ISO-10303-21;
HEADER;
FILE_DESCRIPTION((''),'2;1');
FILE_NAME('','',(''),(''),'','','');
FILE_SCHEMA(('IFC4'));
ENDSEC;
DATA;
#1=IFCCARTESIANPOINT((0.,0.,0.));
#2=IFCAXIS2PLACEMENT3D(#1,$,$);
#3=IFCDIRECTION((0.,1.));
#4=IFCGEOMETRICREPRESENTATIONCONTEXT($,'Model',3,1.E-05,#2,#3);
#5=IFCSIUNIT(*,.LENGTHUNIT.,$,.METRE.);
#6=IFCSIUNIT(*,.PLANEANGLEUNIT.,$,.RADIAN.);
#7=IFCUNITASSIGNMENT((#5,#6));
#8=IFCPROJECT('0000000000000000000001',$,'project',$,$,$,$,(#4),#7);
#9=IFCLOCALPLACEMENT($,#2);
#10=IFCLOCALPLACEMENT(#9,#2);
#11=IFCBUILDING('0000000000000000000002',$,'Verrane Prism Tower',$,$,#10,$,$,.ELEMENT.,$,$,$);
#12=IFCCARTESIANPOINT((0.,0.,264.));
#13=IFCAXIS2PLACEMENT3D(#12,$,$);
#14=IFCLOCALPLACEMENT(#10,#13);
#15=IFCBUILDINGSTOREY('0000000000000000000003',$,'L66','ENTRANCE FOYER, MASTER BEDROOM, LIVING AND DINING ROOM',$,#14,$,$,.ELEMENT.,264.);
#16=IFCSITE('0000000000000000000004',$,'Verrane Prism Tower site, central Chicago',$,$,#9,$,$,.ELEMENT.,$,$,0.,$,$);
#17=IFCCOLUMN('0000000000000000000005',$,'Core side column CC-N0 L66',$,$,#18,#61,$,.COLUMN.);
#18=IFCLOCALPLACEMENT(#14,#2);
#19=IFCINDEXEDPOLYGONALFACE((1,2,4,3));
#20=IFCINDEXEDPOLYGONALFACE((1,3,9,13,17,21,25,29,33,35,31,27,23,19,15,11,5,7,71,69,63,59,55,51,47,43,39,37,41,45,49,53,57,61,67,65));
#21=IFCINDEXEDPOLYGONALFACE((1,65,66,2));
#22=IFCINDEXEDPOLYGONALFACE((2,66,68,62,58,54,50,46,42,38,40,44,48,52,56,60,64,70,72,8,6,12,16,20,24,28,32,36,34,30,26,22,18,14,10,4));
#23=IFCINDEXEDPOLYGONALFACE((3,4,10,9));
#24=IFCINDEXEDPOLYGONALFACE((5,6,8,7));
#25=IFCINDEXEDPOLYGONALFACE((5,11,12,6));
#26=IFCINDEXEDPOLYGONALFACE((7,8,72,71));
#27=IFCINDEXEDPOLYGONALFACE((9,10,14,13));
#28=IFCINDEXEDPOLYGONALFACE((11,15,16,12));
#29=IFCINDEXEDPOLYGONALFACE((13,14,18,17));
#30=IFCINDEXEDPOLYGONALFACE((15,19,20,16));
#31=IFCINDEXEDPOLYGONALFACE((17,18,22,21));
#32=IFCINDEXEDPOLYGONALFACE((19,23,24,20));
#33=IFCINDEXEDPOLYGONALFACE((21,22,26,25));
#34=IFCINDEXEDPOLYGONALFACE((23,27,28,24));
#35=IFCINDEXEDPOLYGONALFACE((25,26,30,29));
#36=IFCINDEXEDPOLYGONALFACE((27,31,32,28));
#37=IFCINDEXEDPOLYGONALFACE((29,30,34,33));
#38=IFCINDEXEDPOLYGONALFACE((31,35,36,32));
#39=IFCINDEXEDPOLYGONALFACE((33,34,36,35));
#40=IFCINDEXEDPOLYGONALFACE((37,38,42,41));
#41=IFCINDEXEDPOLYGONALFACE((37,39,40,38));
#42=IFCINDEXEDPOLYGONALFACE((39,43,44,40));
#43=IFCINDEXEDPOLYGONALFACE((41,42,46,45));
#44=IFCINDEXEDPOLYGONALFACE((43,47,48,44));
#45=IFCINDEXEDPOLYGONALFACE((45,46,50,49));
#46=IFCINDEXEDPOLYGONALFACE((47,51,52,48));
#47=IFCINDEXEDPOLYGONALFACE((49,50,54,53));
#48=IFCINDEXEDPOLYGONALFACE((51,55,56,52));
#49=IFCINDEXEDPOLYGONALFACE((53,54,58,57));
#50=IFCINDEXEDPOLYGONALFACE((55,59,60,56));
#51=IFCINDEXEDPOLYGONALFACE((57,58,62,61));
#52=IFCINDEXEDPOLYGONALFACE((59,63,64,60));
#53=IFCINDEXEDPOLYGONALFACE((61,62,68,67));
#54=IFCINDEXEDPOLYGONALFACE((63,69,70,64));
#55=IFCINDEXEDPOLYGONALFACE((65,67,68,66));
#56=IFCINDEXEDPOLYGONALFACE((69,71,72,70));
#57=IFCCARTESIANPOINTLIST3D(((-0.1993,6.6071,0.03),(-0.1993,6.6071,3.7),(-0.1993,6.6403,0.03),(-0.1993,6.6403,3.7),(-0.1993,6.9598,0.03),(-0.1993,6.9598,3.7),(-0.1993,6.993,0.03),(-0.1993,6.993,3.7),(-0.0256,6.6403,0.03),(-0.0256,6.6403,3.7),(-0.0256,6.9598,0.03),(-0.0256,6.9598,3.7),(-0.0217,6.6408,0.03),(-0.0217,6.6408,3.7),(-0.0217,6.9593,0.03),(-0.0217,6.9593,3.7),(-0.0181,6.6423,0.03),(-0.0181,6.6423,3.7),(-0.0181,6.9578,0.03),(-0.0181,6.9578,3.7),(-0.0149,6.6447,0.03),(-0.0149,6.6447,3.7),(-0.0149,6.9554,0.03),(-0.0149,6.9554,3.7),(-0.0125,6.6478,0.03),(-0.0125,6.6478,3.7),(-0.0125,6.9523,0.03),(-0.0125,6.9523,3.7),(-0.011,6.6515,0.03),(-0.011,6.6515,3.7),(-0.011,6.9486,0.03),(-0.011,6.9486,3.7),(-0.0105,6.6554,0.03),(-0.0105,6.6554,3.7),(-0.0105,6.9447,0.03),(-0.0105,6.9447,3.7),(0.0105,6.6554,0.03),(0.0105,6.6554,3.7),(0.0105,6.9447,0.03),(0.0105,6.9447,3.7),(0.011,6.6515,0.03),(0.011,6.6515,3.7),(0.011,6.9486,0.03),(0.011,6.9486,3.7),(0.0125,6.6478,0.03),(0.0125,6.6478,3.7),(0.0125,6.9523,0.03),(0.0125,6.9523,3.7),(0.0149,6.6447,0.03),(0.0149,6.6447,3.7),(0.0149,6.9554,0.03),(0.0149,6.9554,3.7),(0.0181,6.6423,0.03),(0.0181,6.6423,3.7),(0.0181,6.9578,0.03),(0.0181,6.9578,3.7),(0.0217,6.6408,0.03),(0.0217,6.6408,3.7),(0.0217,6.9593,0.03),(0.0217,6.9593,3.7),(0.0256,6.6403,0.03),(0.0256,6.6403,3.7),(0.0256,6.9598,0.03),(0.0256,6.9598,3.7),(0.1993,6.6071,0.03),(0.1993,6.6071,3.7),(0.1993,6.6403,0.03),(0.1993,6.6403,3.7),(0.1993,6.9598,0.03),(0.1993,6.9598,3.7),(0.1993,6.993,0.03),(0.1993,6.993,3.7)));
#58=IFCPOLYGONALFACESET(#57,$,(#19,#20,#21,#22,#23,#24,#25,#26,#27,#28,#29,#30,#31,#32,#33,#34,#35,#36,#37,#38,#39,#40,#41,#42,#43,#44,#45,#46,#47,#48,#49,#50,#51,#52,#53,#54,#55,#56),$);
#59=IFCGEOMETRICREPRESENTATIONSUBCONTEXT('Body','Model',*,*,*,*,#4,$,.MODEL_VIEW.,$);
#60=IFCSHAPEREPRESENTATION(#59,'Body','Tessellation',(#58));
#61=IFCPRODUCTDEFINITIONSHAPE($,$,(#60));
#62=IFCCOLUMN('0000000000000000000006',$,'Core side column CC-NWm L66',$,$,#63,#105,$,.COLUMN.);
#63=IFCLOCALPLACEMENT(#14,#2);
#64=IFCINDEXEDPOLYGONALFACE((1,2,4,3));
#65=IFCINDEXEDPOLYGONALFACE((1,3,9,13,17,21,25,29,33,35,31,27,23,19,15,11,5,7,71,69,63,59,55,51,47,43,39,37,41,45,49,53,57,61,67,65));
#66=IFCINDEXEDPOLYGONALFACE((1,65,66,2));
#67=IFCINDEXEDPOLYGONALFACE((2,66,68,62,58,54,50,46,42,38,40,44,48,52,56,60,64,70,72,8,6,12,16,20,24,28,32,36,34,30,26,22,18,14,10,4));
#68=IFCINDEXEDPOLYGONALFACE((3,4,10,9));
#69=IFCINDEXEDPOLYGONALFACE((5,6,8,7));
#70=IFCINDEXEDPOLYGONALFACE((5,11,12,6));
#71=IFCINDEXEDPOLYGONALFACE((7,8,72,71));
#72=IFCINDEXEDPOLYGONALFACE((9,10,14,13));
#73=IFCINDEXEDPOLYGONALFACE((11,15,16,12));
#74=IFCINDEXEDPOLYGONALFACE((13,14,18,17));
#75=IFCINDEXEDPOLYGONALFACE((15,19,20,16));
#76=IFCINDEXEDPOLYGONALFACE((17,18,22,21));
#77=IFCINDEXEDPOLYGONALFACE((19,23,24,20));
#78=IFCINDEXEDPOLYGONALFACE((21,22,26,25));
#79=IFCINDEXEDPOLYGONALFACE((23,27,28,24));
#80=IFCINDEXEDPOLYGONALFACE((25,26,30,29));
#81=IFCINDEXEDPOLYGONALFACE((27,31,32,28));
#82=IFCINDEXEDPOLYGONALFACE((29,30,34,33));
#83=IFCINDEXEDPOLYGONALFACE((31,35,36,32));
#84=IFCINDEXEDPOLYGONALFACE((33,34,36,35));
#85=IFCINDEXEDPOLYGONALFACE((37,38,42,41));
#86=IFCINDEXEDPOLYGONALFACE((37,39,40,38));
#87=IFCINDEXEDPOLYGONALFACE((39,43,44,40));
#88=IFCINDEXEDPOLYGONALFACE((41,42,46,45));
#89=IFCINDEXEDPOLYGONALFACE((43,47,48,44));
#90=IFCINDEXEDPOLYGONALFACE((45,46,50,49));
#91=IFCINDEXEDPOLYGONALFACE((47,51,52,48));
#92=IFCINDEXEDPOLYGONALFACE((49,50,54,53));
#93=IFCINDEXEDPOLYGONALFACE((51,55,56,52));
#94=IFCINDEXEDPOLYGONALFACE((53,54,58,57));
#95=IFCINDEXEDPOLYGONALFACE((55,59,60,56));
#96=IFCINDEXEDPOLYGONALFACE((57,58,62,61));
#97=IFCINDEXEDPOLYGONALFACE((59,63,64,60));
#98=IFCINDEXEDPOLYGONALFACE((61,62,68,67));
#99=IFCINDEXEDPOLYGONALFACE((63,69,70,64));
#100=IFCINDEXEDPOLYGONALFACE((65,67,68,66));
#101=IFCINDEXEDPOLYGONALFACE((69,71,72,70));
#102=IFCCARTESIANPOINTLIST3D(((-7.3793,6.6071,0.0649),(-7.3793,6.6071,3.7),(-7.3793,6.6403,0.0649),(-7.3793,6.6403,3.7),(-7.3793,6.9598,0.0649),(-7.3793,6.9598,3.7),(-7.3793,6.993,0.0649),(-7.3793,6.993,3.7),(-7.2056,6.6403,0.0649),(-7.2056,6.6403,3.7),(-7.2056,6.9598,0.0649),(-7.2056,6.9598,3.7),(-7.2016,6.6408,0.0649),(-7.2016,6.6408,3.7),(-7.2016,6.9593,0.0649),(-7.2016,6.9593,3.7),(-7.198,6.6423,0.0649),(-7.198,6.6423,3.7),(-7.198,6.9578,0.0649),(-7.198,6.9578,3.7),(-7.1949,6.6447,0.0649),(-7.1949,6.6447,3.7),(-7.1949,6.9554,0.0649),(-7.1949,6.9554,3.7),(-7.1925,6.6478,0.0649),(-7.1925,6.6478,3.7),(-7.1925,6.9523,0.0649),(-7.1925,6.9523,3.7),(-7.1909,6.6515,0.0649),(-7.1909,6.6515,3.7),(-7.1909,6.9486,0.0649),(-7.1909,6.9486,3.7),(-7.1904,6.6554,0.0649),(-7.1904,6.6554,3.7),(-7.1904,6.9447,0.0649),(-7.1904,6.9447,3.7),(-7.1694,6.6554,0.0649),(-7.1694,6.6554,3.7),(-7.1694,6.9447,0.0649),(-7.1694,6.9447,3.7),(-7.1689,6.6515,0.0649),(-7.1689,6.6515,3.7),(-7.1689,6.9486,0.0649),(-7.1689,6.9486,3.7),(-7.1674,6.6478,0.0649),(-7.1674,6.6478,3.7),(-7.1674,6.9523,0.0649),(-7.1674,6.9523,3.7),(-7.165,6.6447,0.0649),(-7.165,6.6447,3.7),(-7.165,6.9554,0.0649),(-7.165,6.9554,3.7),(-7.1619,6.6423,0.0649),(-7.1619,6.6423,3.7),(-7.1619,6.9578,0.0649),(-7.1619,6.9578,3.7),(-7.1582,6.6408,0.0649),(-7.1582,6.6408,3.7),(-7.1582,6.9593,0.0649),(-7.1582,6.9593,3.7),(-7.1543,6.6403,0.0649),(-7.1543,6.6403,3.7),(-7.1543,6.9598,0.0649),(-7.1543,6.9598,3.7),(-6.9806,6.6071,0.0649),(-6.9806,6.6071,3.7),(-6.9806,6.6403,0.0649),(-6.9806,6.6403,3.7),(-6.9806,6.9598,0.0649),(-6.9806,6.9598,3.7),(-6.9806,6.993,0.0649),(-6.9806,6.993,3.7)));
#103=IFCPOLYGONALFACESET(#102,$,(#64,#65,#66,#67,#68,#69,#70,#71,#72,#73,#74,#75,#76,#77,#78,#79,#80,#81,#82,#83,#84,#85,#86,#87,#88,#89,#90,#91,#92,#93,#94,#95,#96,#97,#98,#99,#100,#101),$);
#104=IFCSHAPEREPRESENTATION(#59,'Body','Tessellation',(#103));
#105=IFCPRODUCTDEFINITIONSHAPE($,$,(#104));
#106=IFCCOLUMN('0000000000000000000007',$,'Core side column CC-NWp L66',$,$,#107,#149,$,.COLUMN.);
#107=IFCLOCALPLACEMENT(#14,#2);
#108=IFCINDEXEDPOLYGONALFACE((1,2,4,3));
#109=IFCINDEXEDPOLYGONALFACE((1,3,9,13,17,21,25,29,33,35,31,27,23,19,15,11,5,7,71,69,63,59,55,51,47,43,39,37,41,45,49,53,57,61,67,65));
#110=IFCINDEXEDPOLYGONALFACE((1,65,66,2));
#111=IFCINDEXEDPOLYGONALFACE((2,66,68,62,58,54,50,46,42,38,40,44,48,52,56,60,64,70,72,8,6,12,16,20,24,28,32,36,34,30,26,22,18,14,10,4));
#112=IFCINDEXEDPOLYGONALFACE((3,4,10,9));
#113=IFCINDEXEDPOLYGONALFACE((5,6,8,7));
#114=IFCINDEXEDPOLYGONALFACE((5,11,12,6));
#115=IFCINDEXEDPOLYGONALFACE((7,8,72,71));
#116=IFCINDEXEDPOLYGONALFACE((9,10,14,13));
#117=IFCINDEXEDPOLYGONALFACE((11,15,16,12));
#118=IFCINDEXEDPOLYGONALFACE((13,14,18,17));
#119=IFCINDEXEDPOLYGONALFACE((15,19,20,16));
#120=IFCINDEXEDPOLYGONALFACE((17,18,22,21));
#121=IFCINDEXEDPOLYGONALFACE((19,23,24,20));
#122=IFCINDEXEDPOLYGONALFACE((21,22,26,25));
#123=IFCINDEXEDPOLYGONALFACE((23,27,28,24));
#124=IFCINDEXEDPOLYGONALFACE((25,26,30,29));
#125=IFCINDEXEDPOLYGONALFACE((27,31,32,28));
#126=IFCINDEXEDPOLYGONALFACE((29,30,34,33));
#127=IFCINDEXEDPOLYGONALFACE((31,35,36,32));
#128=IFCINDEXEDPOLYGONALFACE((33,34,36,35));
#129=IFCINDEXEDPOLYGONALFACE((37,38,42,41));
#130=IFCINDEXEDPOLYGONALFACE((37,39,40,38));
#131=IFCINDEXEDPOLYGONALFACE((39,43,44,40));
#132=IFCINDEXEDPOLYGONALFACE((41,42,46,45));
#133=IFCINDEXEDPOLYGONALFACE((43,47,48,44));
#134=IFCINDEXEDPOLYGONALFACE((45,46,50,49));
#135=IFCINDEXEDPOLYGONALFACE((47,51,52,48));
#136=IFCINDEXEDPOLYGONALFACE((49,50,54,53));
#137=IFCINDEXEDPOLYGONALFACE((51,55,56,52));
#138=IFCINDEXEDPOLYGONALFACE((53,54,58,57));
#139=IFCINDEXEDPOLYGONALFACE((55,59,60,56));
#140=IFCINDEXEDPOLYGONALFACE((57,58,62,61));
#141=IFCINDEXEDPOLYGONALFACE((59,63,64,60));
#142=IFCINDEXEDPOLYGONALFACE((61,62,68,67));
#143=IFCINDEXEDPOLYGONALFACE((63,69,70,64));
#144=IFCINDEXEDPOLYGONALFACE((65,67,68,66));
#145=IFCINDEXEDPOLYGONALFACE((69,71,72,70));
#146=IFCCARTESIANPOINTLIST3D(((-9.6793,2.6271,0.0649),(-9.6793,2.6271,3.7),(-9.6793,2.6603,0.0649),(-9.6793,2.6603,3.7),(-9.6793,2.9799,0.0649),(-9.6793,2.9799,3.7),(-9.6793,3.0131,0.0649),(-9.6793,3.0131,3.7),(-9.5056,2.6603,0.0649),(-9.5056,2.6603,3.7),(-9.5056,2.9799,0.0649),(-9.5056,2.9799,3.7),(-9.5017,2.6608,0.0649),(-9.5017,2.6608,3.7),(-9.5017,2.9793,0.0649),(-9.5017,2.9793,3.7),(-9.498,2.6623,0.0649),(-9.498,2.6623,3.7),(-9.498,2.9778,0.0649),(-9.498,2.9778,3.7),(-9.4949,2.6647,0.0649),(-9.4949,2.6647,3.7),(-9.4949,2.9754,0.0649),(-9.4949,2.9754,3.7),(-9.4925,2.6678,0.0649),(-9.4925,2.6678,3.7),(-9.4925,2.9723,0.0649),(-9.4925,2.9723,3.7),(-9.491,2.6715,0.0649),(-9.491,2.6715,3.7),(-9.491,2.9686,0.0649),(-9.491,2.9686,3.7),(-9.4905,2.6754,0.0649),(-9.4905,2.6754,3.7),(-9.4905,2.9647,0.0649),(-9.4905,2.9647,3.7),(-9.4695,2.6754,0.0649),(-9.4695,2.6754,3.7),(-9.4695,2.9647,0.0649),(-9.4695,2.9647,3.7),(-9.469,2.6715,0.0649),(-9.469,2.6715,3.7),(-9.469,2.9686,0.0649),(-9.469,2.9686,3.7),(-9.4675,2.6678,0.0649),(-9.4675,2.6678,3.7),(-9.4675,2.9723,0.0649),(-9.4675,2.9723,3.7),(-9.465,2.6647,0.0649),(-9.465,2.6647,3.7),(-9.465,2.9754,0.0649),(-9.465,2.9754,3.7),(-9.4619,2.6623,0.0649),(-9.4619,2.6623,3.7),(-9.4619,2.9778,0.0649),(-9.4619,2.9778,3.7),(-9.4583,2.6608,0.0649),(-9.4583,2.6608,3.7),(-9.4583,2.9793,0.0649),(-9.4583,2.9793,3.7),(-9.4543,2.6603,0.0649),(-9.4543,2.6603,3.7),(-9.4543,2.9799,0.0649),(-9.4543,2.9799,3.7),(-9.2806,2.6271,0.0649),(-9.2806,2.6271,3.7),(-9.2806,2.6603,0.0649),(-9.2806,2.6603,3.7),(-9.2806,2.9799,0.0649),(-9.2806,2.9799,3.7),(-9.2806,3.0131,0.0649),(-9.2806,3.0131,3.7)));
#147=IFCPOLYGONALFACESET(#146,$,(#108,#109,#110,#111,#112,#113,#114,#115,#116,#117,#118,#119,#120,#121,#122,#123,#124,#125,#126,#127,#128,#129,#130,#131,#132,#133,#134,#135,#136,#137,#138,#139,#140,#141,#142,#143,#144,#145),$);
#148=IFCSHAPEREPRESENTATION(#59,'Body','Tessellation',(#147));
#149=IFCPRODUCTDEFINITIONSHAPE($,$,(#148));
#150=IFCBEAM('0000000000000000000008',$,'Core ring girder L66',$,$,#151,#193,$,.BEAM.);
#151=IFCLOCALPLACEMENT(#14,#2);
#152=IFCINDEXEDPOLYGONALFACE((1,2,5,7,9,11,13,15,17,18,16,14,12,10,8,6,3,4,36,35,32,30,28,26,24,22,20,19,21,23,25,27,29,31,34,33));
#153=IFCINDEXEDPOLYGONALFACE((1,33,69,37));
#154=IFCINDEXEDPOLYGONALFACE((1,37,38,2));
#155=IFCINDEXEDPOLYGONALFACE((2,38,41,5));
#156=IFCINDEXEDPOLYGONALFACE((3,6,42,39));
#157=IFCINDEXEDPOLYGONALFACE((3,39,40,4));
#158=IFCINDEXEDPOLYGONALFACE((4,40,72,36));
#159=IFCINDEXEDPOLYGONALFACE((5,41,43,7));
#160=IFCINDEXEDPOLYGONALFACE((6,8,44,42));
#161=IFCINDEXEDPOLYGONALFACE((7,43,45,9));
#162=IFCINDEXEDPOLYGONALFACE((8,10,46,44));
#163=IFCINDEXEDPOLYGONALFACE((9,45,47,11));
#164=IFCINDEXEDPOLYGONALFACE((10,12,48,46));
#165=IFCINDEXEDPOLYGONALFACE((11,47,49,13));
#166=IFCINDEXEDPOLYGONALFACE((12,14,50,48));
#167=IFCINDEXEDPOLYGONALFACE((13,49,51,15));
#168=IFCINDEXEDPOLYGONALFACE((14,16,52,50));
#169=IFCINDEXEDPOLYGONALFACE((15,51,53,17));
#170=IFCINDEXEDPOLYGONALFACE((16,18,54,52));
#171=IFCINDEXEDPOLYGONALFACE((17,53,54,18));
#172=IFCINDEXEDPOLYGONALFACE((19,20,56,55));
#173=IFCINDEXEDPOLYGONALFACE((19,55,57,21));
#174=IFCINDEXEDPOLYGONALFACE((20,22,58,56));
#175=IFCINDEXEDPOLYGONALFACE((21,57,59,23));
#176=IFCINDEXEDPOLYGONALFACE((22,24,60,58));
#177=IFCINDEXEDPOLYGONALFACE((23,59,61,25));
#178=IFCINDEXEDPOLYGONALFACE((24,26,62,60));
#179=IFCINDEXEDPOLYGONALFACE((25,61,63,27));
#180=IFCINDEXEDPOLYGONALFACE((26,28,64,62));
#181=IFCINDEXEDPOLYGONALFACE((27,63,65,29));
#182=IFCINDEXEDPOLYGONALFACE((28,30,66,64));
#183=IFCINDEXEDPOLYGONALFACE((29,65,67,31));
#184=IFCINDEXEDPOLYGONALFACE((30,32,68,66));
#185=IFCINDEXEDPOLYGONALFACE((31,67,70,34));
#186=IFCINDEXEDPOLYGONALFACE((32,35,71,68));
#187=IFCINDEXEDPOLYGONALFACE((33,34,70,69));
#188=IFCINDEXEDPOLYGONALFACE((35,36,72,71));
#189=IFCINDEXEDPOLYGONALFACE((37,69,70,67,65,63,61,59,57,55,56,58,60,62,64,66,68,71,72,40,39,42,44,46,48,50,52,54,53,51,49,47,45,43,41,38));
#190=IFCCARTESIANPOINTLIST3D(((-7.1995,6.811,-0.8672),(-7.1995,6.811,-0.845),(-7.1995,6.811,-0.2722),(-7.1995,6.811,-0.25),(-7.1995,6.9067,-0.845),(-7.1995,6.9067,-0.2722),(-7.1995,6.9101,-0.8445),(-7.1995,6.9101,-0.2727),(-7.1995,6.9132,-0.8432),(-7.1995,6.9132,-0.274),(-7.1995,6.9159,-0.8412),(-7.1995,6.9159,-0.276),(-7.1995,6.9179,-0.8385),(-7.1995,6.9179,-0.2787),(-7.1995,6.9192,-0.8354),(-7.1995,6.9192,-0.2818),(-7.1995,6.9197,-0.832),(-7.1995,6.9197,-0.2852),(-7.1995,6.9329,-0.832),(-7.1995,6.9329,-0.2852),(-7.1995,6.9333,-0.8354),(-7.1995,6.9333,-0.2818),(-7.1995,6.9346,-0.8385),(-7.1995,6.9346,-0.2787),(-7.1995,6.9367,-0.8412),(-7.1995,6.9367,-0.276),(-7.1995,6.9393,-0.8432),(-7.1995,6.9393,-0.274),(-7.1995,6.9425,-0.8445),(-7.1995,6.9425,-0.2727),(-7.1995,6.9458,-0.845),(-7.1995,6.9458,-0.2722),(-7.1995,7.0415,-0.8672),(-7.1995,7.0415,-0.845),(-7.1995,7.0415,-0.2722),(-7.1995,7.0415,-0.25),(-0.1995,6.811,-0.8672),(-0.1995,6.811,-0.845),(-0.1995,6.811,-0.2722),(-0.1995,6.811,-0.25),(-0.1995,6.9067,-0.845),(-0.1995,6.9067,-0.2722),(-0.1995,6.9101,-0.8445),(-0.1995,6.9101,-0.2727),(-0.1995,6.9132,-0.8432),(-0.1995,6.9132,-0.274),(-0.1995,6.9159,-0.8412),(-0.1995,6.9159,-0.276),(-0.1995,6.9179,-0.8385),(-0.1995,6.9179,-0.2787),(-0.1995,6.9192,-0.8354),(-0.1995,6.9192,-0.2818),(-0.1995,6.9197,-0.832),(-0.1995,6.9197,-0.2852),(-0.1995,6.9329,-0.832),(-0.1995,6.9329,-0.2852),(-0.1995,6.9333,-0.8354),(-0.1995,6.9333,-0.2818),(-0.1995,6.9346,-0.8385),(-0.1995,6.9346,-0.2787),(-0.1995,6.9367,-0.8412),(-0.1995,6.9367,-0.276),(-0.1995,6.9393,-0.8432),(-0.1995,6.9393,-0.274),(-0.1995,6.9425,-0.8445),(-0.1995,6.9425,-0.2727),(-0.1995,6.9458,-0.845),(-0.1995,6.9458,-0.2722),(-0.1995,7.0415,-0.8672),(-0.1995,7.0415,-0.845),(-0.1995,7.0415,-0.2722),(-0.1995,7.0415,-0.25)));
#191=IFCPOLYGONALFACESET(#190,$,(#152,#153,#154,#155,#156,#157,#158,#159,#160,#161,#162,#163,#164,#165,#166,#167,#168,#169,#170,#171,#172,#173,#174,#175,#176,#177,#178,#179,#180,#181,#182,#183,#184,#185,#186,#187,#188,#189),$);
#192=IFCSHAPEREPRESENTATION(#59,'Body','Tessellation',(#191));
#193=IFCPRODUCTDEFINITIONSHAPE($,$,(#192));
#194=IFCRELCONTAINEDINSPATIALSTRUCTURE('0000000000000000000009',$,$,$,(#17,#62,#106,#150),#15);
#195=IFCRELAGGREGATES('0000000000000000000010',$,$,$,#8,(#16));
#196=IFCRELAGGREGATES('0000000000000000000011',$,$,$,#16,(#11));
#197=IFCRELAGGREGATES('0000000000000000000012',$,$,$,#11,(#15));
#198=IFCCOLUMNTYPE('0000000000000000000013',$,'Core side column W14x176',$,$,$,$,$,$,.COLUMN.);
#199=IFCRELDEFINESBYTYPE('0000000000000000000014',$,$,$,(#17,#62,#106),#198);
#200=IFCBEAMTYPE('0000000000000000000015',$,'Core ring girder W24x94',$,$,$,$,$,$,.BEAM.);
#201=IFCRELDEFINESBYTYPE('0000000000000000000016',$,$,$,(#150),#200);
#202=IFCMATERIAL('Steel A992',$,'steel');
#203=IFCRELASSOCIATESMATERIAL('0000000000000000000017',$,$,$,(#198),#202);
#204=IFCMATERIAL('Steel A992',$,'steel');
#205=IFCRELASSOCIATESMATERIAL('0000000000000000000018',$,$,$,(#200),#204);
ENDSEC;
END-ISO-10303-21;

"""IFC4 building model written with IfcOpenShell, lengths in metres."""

from ifc_helpers import new_model, si_unit, direction, frame, origin, origin_2d, place, context, subcontext, project, spatial, i_section, extrude, material, material_profile, profile_set, type_object, element, save


model = new_model("IFC4")

# Units and contexts
model_context = context("Model", 3, precision=1e-05, world=origin(), true_north=direction((0.0, 1.0)))
body_context = subcontext(model_context, "Body", "Model", "MODEL_VIEW")
ifc_project = project(units=[si_unit("LENGTHUNIT", "METRE"), si_unit("PLANEANGLEUNIT", "RADIAN")], contexts=[model_context])

# Site, building, storey
site_placement = place(None, origin())
site = spatial("IfcSite", under=ifc_project, at=site_placement, Name="Verrane Prism Tower site, central Chicago", CompositionType="ELEMENT", RefElevation=0.0)
building_placement = place(site_placement, origin())
building = spatial("IfcBuilding", under=site, at=building_placement, Name="Verrane Prism Tower", CompositionType="ELEMENT")
storey_placement = place(building_placement, frame((0.0, 0.0, 264.0)))
storey = spatial("IfcBuildingStorey", under=building, at=storey_placement, Name="L66", Description="ENTRANCE FOYER, MASTER BEDROOM, LIVING AND DINING ROOM", CompositionType="ELEMENT", Elevation=264.0)

# Columns
ifc_material_1 = material(Name="Steel A992", Category="steel")
ifc_material_profile_1 = material_profile(ifc_material_1, i_section(OverallWidth=0.3987, OverallDepth=0.386, WebThickness=0.021, FlangeThickness=0.0332, FilletRadius=0.0151, at=origin_2d()), Name="W14x176")
ifc_profile_set_1 = profile_set([ifc_material_profile_1], Name="Steel A992")
column_type = type_object("IfcColumnType", Name="Core side column W14x176", PredefinedType="COLUMN", material=ifc_profile_set_1)
column_placement = place(storey_placement, frame((0.0, 6.8, 0.03), z_axis=(0.0, 0.0, 1.0), x_axis=(1.0, 0.0, 0.0)))
element("IfcColumn", 1, at=column_placement, inside=storey, type_object=column_type, Name="Core side column CC-N0 L66", PredefinedType="COLUMN", context=body_context, shape_type="SweptSolid", body=[
    extrude(i_section(OverallWidth=0.3987, OverallDepth=0.386, WebThickness=0.021, FlangeThickness=0.0332, FilletRadius=0.0151, at=origin_2d()), origin(), (0.0, 0.0, 1.0), 3.6699),
])
for number, where, z_axis, x_axis, name in (
    (2, (-7.1799, 6.8, 0.0649), (0.0, 0.0, 1.0), (1.0, 0.0, 0.0), "Core side column CC-NWm L66"),
    (3, (-9.48, 2.8201, 0.0649), (0.0, 0.0, 1.0), (1.0, 0.0, 0.0), "Core side column CC-NWp L66"),
):
    element("IfcColumn", number, at=place(storey_placement, frame(where, z_axis=z_axis, x_axis=x_axis)), inside=storey, type_object=column_type, Name=name, PredefinedType="COLUMN", context=body_context, shape_type="SweptSolid", body=[
        extrude(i_section(OverallWidth=0.3987, OverallDepth=0.386, WebThickness=0.021, FlangeThickness=0.0332, FilletRadius=0.0151, at=origin_2d()), origin(), (0.0, 0.0, 1.0), 3.635),
    ])

# Beam
ifc_material_2 = material(Name="Steel A992", Category="steel")
ifc_material_profile_2 = material_profile(ifc_material_2, i_section(OverallWidth=0.2305, OverallDepth=0.6172, WebThickness=0.0132, FlangeThickness=0.0222, FilletRadius=0.0129, at=origin_2d()), Name="W24x94")
ifc_profile_set_2 = profile_set([ifc_material_profile_2], Name="Steel A992")
beam_type_1 = type_object("IfcBeamType", Name="Core ring girder W24x94", PredefinedType="BEAM", material=ifc_profile_set_2)
beam_1_placement = place(storey_placement, frame((-0.1995, 6.9263, -0.5586), z_axis=(-1.0, 0.0, 0.0), x_axis=(0.0, -1.0, 0.0)))
element("IfcBeam", 4, at=beam_1_placement, inside=storey, type_object=beam_type_1, Name="Core ring girder L66", PredefinedType="BEAM", context=body_context, shape_type="SweptSolid", body=[
    extrude(i_section(OverallWidth=0.2305, OverallDepth=0.6172, WebThickness=0.0132, FlangeThickness=0.0222, FilletRadius=0.0129, at=origin_2d()), origin(), (0.0, 0.0, 1.0), 7.0),
])

save(model, "model.ifc")
